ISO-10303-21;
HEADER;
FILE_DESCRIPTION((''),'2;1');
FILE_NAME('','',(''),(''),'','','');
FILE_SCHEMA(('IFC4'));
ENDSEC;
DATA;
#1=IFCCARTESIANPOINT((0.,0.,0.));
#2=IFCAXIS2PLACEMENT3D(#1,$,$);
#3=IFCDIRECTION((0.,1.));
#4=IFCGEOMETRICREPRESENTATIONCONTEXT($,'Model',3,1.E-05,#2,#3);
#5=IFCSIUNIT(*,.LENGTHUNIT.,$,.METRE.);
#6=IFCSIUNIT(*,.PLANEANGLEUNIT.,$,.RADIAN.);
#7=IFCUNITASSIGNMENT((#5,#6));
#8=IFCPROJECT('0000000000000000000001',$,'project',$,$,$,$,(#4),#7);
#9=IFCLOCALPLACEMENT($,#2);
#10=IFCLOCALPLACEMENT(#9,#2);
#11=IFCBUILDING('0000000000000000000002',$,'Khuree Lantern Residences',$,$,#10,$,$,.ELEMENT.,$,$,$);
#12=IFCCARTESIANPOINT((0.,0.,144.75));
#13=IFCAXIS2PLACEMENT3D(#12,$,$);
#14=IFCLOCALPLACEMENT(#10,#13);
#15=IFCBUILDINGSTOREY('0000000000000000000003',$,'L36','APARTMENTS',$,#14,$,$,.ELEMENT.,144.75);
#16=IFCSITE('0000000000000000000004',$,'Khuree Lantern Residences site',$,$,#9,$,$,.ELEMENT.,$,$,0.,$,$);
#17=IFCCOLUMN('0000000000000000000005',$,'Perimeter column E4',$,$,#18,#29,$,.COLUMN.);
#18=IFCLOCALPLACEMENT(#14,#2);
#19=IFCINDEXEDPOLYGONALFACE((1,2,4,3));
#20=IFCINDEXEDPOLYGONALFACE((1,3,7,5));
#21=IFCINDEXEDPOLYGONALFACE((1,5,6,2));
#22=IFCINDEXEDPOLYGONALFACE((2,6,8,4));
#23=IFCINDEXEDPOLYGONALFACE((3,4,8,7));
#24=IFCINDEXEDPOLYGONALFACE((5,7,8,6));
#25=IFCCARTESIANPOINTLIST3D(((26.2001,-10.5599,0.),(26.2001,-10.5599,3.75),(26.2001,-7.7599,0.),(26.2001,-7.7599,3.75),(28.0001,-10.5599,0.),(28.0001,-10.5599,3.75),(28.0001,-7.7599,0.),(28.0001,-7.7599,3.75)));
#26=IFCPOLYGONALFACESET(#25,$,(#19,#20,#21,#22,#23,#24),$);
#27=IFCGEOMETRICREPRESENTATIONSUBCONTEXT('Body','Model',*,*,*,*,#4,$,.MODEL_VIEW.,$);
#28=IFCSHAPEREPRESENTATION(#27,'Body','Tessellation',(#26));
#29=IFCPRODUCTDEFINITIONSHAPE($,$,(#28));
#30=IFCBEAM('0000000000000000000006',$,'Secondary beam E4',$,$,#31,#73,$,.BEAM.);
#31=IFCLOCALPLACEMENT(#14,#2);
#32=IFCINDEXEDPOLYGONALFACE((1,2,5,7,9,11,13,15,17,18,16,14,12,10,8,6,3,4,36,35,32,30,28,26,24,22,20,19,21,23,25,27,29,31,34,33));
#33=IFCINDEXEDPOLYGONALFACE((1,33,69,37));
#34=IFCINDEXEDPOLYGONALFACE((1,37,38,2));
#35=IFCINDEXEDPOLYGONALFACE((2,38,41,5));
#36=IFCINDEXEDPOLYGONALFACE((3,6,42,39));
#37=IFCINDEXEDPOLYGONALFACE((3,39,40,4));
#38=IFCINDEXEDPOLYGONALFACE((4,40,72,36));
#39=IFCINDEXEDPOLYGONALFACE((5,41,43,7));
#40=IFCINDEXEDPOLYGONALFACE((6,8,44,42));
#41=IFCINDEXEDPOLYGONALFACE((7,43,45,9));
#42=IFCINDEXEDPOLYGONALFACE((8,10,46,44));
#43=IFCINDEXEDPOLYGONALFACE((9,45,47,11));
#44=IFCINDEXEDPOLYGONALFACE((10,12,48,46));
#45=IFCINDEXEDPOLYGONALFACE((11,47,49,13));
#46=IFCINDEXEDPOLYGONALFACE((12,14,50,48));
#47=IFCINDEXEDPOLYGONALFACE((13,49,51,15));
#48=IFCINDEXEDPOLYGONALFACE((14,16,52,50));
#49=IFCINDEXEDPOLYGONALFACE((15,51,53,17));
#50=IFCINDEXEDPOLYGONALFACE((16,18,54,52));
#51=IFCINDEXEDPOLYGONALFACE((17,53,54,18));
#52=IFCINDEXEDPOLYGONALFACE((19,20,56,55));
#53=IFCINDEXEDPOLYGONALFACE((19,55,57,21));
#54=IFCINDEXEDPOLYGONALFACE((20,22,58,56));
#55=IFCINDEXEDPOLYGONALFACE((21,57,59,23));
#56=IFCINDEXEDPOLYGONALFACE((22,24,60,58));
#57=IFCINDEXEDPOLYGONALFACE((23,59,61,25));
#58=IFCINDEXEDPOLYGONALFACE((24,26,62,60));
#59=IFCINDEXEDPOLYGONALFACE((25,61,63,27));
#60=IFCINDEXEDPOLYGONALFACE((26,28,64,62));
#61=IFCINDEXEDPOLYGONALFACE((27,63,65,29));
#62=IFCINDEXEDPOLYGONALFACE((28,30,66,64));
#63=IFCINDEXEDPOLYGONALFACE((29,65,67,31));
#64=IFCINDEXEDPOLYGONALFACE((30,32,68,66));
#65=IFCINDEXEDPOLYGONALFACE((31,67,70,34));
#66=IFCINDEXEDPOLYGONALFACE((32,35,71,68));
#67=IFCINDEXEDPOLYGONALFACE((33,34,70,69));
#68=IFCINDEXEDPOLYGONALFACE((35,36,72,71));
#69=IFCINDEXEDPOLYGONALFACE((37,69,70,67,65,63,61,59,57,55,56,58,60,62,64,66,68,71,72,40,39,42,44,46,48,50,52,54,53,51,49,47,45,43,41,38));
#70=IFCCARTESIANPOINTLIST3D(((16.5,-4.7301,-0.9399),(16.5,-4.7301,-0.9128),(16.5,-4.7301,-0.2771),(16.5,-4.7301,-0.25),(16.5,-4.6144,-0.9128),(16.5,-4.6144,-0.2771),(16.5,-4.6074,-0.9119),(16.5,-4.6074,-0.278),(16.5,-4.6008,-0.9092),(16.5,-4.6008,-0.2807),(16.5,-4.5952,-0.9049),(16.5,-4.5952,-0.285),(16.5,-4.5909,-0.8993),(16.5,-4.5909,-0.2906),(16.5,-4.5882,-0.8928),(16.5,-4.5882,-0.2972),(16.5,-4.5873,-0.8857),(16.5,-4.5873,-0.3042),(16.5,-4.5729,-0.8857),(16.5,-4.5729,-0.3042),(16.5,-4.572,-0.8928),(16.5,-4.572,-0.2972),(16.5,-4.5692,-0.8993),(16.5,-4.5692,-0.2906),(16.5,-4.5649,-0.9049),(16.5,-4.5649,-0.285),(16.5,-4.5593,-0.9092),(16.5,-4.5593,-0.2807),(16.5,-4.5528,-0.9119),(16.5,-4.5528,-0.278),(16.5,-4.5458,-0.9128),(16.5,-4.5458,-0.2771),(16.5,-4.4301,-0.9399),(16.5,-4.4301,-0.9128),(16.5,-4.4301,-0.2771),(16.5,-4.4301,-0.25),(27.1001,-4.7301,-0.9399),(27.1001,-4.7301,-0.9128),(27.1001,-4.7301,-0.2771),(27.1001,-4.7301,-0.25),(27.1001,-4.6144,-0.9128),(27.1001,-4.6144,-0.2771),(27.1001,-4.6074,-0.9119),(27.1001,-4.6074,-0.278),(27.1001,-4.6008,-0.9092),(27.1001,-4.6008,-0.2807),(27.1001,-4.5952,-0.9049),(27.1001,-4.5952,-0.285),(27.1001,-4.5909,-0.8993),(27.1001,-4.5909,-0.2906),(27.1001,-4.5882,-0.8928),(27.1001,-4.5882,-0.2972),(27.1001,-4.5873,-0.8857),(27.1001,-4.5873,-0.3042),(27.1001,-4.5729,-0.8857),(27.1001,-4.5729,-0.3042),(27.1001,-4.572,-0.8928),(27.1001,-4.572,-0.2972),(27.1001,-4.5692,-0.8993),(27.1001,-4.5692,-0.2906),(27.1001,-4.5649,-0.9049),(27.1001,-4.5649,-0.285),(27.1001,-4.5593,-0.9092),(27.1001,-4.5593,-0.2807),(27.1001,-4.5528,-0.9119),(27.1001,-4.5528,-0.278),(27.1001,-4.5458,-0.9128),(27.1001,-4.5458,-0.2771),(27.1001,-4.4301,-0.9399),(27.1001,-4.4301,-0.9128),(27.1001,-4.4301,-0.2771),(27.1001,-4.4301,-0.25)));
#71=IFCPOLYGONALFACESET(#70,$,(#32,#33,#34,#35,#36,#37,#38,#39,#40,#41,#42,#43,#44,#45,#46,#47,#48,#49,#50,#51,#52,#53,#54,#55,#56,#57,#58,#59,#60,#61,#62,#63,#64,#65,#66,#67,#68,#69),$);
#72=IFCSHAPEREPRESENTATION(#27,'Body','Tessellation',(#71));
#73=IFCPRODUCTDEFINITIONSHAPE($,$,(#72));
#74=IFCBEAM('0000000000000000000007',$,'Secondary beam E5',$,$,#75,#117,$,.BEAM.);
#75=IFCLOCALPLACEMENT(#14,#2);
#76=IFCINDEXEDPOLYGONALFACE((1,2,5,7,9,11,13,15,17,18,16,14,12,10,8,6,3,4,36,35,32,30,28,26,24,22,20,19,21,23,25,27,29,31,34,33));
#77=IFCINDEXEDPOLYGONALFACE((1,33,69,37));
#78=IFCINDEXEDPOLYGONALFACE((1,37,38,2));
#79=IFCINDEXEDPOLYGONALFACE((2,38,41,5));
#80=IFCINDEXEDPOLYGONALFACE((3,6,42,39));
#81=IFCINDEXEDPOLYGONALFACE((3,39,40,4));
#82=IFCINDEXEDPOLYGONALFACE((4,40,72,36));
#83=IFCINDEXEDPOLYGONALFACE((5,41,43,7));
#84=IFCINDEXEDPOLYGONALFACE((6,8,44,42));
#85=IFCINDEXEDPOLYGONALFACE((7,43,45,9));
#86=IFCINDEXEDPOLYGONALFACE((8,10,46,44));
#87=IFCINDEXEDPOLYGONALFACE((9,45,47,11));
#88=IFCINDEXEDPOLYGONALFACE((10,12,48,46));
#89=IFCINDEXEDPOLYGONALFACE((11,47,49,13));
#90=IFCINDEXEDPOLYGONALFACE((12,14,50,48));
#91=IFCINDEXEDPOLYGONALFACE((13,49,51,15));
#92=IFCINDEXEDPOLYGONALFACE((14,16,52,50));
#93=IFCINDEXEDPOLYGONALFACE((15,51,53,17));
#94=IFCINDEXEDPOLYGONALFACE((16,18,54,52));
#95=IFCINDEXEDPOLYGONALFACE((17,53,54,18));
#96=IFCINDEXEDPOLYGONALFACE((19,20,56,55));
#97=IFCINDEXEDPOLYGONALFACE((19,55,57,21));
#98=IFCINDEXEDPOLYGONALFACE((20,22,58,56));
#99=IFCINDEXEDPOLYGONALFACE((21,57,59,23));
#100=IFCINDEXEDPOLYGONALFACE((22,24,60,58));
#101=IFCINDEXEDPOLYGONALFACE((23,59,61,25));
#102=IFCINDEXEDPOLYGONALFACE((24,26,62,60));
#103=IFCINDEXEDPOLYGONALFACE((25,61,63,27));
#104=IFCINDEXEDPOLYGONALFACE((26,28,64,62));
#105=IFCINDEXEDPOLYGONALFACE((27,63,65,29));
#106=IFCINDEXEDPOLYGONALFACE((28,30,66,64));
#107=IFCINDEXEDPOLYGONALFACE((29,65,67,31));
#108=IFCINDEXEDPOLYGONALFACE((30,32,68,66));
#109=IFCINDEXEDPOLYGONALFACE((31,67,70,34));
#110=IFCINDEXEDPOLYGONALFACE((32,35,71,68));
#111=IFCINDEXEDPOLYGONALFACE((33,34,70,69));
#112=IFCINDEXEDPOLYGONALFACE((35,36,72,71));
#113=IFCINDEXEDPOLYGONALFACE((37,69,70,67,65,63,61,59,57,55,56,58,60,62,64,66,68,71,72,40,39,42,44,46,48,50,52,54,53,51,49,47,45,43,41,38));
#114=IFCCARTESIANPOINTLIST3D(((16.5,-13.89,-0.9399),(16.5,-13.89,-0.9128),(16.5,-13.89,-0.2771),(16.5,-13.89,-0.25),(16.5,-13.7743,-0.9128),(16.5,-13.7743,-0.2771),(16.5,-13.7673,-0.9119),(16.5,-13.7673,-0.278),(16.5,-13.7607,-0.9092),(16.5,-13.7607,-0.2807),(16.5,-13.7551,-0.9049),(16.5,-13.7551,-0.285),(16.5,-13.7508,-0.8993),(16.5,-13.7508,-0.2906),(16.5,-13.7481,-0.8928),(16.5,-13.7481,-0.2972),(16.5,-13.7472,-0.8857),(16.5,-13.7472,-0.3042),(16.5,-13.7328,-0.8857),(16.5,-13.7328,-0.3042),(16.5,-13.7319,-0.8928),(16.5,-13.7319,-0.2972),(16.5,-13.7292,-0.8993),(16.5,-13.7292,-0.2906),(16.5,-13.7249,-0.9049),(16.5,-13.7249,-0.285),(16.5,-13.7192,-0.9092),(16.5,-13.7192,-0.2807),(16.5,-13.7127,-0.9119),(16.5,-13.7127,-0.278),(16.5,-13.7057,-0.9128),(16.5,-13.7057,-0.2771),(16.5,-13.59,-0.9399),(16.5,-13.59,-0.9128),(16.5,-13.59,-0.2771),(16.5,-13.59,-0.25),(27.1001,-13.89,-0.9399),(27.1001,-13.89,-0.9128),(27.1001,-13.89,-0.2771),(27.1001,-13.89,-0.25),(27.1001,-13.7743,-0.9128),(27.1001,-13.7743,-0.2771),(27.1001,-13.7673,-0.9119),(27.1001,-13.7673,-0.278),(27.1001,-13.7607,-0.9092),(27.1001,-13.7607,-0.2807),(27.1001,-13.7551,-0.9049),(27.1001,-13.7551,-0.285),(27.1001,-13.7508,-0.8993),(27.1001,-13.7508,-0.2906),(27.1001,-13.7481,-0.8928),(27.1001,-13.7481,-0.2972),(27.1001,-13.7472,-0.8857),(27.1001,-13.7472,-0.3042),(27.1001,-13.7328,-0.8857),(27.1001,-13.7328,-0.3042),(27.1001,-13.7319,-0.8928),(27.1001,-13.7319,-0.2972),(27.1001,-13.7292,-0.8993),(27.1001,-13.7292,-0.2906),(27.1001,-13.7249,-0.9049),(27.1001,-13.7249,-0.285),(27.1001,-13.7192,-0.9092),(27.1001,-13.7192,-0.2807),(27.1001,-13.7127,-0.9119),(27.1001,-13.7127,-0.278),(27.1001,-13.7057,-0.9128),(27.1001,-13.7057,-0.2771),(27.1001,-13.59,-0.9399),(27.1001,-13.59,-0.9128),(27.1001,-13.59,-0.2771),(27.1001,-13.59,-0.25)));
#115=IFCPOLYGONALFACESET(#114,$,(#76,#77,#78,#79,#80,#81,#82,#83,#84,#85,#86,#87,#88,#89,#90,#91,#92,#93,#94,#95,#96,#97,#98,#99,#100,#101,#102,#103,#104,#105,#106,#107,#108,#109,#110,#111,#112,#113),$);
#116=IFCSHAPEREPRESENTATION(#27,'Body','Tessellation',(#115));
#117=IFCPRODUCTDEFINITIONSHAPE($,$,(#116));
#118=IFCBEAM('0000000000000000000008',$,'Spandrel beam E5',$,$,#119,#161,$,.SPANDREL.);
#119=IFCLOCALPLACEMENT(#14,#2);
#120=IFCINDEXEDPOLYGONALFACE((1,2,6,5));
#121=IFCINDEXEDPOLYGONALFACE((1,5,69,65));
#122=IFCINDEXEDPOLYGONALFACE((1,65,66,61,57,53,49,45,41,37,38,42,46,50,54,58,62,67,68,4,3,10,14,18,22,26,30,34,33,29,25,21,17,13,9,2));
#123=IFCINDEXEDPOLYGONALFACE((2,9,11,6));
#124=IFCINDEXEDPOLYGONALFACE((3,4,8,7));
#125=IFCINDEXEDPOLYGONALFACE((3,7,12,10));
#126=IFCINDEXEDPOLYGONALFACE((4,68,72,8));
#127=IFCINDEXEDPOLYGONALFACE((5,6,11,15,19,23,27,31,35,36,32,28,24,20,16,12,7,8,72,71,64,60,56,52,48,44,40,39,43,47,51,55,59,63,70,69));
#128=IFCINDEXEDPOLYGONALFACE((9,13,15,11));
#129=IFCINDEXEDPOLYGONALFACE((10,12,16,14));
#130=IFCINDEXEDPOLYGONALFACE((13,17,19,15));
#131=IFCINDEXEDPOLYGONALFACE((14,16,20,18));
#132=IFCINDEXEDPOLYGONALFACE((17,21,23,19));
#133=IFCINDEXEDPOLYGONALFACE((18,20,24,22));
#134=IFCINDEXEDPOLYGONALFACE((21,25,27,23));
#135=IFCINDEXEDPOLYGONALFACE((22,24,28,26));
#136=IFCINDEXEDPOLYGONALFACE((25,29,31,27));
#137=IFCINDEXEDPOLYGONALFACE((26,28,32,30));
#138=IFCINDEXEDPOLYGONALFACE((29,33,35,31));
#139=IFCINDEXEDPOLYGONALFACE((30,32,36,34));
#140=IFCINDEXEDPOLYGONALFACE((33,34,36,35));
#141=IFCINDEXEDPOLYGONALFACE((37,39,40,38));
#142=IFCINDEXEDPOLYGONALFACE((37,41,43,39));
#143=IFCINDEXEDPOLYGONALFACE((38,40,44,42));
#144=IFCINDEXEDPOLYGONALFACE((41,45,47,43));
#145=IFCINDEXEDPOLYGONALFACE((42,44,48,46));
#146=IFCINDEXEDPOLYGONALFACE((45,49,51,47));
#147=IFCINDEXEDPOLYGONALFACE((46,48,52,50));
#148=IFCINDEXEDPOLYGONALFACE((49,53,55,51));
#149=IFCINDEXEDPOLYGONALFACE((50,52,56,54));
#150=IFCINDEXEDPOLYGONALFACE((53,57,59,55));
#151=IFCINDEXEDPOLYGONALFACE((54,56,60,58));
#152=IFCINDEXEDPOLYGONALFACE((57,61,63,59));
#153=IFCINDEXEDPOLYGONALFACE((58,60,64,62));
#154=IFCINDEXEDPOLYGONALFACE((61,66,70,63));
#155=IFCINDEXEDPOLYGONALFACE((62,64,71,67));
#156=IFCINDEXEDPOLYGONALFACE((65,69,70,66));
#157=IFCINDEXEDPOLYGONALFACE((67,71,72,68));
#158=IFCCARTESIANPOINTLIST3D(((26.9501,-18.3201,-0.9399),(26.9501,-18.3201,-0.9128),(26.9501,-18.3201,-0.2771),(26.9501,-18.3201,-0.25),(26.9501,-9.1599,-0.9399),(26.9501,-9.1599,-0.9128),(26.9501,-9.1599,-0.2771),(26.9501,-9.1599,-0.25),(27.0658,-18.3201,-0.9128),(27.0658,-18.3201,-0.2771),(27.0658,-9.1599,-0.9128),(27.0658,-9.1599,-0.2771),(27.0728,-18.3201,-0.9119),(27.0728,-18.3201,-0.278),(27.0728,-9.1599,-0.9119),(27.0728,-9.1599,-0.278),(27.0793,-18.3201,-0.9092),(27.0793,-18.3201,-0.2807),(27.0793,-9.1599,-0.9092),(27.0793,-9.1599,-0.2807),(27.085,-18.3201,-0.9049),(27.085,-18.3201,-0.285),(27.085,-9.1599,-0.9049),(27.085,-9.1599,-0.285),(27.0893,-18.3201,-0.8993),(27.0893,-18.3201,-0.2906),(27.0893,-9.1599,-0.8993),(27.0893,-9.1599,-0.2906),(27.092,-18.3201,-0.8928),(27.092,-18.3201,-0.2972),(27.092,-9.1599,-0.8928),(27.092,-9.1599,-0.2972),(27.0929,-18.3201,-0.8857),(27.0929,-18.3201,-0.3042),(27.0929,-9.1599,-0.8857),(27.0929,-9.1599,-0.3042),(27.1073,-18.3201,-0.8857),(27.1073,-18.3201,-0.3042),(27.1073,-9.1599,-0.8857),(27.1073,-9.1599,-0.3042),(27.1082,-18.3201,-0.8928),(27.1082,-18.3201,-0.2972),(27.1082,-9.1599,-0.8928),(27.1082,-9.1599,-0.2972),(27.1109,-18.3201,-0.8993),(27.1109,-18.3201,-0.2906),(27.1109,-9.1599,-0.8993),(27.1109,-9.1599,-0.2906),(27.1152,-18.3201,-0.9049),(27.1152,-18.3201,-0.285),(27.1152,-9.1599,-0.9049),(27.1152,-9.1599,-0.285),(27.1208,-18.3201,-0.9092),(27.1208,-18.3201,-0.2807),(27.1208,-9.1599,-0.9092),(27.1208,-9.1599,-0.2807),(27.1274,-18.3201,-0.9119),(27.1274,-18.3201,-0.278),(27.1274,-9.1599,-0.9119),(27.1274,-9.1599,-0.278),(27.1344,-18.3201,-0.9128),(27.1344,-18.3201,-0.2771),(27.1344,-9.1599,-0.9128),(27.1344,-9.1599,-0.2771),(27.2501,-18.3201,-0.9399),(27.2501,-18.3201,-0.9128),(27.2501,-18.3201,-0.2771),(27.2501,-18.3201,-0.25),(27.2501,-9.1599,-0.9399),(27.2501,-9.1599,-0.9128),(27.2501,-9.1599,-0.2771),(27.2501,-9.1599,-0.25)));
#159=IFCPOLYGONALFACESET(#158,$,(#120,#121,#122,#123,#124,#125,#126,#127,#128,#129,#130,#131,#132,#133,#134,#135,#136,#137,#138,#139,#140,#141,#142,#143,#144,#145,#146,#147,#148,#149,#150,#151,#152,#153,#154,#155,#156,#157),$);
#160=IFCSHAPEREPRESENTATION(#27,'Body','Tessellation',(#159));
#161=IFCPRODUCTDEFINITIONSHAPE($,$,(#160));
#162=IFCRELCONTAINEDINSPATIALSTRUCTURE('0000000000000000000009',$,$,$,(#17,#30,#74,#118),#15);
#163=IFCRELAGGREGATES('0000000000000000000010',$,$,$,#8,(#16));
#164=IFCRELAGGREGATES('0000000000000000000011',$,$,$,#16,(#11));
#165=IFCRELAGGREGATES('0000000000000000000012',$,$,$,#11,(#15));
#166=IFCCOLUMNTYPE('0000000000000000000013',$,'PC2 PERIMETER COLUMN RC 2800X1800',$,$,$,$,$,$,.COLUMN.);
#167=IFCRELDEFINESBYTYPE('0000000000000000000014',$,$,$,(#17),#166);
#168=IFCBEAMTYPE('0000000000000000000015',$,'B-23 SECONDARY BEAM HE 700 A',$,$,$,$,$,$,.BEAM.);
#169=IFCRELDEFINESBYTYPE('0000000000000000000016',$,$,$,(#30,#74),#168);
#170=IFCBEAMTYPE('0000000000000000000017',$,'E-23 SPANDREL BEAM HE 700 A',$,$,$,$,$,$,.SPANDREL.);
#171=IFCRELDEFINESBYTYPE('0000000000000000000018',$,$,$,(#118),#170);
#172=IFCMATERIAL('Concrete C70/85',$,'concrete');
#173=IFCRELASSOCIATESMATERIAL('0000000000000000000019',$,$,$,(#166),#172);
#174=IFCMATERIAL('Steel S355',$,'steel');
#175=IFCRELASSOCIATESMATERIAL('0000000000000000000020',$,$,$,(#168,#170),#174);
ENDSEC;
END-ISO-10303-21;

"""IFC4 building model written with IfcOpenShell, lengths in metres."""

from ifc_helpers import new_model, si_unit, direction, frame, origin, origin_2d, place, context, subcontext, project, spatial, rectangle, i_section, extrude, material, material_profile, profile_set, type_object, element, save


model = new_model("IFC4")

# Units and contexts
model_context = context("Model", 3, precision=1e-05, world=origin(), true_north=direction((0.0, 1.0)))
body_context = subcontext(model_context, "Body", "Model", "MODEL_VIEW")
ifc_project = project(units=[si_unit("LENGTHUNIT", "METRE"), si_unit("PLANEANGLEUNIT", "RADIAN")], contexts=[model_context])

# Site, building, storey
site_placement = place(None, origin())
site = spatial("IfcSite", under=ifc_project, at=site_placement, Name="Khuree Lantern Residences site", CompositionType="ELEMENT", RefElevation=0.0)
building_placement = place(site_placement, origin())
building = spatial("IfcBuilding", under=site, at=building_placement, Name="Khuree Lantern Residences", CompositionType="ELEMENT")
storey_placement = place(building_placement, frame((0.0, 0.0, 144.75)))
storey = spatial("IfcBuildingStorey", under=building, at=storey_placement, Name="L36", Description="APARTMENTS", CompositionType="ELEMENT", Elevation=144.75)

# Column
ifc_material_1 = material(Name="Concrete C70/85", Category="concrete")
ifc_material_profile_1 = material_profile(ifc_material_1, rectangle(XDim=2.8, YDim=1.8, at=origin_2d()), Name="RC 2800X1800")
ifc_profile_set_1 = profile_set([ifc_material_profile_1], Name="Concrete C70/85")
column_type = type_object("IfcColumnType", Name="PC2 PERIMETER COLUMN RC 2800X1800", PredefinedType="COLUMN", material=ifc_profile_set_1)
column_placement = place(storey_placement, frame((27.1001, -9.1599, 0.0), z_axis=(0.0, 0.0, 1.0), x_axis=(0.0, 1.0, 0.0)))
element("IfcColumn", 1, at=column_placement, inside=storey, type_object=column_type, Name="Perimeter column E4", PredefinedType="COLUMN", context=body_context, shape_type="SweptSolid", body=[
    extrude(rectangle(XDim=2.8, YDim=1.8, at=origin_2d()), origin(), (0.0, 0.0, 1.0), 3.75),
])

# Beams
ifc_material_2 = material(Name="Steel S355", Category="steel")
ifc_material_profile_2 = material_profile(ifc_material_2, i_section(OverallWidth=0.3, OverallDepth=0.6899, WebThickness=0.0144, FlangeThickness=0.0271, FilletRadius=0.0271, at=origin_2d()), Name="HE 700 A")
ifc_profile_set_2 = profile_set([ifc_material_profile_2], Name="Steel S355")
beam_type_1 = type_object("IfcBeamType", Name="B-23 SECONDARY BEAM HE 700 A", PredefinedType="BEAM", material=ifc_profile_set_2)
for number, where, z_axis, x_axis, name in (
    (2, (27.1001, -4.5801, -0.595), (-1.0, 0.0, 0.0), (0.0, -1.0, 0.0), "Secondary beam E4"),
    (3, (27.1001, -13.74, -0.595), (-1.0, 0.0, 0.0), (0.0, -1.0, 0.0), "Secondary beam E5"),
):
    element("IfcBeam", number, at=place(storey_placement, frame(where, z_axis=z_axis, x_axis=x_axis)), inside=storey, type_object=beam_type_1, Name=name, PredefinedType="BEAM", context=body_context, shape_type="SweptSolid", body=[
        extrude(i_section(OverallWidth=0.3, OverallDepth=0.6899, WebThickness=0.0144, FlangeThickness=0.0271, FilletRadius=0.0271, at=origin_2d()), origin(), (0.0, 0.0, 1.0), 10.6001),
    ])
ifc_material_profile_3 = material_profile(ifc_material_2, i_section(OverallWidth=0.3, OverallDepth=0.6899, WebThickness=0.0144, FlangeThickness=0.0271, FilletRadius=0.0271, at=origin_2d()), Name="HE 700 A")
ifc_profile_set_3 = profile_set([ifc_material_profile_3], Name="Steel S355")
beam_type_2 = type_object("IfcBeamType", Name="E-23 SPANDREL BEAM HE 700 A", PredefinedType="SPANDREL", material=ifc_profile_set_3)
beam_1_placement = place(storey_placement, frame((27.1001, -9.1599, -0.595), z_axis=(0.0, -1.0, 0.0), x_axis=(1.0, 0.0, 0.0)))
element("IfcBeam", 4, at=beam_1_placement, inside=storey, type_object=beam_type_2, Name="Spandrel beam E5", PredefinedType="SPANDREL", context=body_context, shape_type="SweptSolid", body=[
    extrude(i_section(OverallWidth=0.3, OverallDepth=0.6899, WebThickness=0.0144, FlangeThickness=0.0271, FilletRadius=0.0271, at=origin_2d()), origin(), (0.0, 0.0, 1.0), 9.1602),
])

save(model, "model.ifc")
